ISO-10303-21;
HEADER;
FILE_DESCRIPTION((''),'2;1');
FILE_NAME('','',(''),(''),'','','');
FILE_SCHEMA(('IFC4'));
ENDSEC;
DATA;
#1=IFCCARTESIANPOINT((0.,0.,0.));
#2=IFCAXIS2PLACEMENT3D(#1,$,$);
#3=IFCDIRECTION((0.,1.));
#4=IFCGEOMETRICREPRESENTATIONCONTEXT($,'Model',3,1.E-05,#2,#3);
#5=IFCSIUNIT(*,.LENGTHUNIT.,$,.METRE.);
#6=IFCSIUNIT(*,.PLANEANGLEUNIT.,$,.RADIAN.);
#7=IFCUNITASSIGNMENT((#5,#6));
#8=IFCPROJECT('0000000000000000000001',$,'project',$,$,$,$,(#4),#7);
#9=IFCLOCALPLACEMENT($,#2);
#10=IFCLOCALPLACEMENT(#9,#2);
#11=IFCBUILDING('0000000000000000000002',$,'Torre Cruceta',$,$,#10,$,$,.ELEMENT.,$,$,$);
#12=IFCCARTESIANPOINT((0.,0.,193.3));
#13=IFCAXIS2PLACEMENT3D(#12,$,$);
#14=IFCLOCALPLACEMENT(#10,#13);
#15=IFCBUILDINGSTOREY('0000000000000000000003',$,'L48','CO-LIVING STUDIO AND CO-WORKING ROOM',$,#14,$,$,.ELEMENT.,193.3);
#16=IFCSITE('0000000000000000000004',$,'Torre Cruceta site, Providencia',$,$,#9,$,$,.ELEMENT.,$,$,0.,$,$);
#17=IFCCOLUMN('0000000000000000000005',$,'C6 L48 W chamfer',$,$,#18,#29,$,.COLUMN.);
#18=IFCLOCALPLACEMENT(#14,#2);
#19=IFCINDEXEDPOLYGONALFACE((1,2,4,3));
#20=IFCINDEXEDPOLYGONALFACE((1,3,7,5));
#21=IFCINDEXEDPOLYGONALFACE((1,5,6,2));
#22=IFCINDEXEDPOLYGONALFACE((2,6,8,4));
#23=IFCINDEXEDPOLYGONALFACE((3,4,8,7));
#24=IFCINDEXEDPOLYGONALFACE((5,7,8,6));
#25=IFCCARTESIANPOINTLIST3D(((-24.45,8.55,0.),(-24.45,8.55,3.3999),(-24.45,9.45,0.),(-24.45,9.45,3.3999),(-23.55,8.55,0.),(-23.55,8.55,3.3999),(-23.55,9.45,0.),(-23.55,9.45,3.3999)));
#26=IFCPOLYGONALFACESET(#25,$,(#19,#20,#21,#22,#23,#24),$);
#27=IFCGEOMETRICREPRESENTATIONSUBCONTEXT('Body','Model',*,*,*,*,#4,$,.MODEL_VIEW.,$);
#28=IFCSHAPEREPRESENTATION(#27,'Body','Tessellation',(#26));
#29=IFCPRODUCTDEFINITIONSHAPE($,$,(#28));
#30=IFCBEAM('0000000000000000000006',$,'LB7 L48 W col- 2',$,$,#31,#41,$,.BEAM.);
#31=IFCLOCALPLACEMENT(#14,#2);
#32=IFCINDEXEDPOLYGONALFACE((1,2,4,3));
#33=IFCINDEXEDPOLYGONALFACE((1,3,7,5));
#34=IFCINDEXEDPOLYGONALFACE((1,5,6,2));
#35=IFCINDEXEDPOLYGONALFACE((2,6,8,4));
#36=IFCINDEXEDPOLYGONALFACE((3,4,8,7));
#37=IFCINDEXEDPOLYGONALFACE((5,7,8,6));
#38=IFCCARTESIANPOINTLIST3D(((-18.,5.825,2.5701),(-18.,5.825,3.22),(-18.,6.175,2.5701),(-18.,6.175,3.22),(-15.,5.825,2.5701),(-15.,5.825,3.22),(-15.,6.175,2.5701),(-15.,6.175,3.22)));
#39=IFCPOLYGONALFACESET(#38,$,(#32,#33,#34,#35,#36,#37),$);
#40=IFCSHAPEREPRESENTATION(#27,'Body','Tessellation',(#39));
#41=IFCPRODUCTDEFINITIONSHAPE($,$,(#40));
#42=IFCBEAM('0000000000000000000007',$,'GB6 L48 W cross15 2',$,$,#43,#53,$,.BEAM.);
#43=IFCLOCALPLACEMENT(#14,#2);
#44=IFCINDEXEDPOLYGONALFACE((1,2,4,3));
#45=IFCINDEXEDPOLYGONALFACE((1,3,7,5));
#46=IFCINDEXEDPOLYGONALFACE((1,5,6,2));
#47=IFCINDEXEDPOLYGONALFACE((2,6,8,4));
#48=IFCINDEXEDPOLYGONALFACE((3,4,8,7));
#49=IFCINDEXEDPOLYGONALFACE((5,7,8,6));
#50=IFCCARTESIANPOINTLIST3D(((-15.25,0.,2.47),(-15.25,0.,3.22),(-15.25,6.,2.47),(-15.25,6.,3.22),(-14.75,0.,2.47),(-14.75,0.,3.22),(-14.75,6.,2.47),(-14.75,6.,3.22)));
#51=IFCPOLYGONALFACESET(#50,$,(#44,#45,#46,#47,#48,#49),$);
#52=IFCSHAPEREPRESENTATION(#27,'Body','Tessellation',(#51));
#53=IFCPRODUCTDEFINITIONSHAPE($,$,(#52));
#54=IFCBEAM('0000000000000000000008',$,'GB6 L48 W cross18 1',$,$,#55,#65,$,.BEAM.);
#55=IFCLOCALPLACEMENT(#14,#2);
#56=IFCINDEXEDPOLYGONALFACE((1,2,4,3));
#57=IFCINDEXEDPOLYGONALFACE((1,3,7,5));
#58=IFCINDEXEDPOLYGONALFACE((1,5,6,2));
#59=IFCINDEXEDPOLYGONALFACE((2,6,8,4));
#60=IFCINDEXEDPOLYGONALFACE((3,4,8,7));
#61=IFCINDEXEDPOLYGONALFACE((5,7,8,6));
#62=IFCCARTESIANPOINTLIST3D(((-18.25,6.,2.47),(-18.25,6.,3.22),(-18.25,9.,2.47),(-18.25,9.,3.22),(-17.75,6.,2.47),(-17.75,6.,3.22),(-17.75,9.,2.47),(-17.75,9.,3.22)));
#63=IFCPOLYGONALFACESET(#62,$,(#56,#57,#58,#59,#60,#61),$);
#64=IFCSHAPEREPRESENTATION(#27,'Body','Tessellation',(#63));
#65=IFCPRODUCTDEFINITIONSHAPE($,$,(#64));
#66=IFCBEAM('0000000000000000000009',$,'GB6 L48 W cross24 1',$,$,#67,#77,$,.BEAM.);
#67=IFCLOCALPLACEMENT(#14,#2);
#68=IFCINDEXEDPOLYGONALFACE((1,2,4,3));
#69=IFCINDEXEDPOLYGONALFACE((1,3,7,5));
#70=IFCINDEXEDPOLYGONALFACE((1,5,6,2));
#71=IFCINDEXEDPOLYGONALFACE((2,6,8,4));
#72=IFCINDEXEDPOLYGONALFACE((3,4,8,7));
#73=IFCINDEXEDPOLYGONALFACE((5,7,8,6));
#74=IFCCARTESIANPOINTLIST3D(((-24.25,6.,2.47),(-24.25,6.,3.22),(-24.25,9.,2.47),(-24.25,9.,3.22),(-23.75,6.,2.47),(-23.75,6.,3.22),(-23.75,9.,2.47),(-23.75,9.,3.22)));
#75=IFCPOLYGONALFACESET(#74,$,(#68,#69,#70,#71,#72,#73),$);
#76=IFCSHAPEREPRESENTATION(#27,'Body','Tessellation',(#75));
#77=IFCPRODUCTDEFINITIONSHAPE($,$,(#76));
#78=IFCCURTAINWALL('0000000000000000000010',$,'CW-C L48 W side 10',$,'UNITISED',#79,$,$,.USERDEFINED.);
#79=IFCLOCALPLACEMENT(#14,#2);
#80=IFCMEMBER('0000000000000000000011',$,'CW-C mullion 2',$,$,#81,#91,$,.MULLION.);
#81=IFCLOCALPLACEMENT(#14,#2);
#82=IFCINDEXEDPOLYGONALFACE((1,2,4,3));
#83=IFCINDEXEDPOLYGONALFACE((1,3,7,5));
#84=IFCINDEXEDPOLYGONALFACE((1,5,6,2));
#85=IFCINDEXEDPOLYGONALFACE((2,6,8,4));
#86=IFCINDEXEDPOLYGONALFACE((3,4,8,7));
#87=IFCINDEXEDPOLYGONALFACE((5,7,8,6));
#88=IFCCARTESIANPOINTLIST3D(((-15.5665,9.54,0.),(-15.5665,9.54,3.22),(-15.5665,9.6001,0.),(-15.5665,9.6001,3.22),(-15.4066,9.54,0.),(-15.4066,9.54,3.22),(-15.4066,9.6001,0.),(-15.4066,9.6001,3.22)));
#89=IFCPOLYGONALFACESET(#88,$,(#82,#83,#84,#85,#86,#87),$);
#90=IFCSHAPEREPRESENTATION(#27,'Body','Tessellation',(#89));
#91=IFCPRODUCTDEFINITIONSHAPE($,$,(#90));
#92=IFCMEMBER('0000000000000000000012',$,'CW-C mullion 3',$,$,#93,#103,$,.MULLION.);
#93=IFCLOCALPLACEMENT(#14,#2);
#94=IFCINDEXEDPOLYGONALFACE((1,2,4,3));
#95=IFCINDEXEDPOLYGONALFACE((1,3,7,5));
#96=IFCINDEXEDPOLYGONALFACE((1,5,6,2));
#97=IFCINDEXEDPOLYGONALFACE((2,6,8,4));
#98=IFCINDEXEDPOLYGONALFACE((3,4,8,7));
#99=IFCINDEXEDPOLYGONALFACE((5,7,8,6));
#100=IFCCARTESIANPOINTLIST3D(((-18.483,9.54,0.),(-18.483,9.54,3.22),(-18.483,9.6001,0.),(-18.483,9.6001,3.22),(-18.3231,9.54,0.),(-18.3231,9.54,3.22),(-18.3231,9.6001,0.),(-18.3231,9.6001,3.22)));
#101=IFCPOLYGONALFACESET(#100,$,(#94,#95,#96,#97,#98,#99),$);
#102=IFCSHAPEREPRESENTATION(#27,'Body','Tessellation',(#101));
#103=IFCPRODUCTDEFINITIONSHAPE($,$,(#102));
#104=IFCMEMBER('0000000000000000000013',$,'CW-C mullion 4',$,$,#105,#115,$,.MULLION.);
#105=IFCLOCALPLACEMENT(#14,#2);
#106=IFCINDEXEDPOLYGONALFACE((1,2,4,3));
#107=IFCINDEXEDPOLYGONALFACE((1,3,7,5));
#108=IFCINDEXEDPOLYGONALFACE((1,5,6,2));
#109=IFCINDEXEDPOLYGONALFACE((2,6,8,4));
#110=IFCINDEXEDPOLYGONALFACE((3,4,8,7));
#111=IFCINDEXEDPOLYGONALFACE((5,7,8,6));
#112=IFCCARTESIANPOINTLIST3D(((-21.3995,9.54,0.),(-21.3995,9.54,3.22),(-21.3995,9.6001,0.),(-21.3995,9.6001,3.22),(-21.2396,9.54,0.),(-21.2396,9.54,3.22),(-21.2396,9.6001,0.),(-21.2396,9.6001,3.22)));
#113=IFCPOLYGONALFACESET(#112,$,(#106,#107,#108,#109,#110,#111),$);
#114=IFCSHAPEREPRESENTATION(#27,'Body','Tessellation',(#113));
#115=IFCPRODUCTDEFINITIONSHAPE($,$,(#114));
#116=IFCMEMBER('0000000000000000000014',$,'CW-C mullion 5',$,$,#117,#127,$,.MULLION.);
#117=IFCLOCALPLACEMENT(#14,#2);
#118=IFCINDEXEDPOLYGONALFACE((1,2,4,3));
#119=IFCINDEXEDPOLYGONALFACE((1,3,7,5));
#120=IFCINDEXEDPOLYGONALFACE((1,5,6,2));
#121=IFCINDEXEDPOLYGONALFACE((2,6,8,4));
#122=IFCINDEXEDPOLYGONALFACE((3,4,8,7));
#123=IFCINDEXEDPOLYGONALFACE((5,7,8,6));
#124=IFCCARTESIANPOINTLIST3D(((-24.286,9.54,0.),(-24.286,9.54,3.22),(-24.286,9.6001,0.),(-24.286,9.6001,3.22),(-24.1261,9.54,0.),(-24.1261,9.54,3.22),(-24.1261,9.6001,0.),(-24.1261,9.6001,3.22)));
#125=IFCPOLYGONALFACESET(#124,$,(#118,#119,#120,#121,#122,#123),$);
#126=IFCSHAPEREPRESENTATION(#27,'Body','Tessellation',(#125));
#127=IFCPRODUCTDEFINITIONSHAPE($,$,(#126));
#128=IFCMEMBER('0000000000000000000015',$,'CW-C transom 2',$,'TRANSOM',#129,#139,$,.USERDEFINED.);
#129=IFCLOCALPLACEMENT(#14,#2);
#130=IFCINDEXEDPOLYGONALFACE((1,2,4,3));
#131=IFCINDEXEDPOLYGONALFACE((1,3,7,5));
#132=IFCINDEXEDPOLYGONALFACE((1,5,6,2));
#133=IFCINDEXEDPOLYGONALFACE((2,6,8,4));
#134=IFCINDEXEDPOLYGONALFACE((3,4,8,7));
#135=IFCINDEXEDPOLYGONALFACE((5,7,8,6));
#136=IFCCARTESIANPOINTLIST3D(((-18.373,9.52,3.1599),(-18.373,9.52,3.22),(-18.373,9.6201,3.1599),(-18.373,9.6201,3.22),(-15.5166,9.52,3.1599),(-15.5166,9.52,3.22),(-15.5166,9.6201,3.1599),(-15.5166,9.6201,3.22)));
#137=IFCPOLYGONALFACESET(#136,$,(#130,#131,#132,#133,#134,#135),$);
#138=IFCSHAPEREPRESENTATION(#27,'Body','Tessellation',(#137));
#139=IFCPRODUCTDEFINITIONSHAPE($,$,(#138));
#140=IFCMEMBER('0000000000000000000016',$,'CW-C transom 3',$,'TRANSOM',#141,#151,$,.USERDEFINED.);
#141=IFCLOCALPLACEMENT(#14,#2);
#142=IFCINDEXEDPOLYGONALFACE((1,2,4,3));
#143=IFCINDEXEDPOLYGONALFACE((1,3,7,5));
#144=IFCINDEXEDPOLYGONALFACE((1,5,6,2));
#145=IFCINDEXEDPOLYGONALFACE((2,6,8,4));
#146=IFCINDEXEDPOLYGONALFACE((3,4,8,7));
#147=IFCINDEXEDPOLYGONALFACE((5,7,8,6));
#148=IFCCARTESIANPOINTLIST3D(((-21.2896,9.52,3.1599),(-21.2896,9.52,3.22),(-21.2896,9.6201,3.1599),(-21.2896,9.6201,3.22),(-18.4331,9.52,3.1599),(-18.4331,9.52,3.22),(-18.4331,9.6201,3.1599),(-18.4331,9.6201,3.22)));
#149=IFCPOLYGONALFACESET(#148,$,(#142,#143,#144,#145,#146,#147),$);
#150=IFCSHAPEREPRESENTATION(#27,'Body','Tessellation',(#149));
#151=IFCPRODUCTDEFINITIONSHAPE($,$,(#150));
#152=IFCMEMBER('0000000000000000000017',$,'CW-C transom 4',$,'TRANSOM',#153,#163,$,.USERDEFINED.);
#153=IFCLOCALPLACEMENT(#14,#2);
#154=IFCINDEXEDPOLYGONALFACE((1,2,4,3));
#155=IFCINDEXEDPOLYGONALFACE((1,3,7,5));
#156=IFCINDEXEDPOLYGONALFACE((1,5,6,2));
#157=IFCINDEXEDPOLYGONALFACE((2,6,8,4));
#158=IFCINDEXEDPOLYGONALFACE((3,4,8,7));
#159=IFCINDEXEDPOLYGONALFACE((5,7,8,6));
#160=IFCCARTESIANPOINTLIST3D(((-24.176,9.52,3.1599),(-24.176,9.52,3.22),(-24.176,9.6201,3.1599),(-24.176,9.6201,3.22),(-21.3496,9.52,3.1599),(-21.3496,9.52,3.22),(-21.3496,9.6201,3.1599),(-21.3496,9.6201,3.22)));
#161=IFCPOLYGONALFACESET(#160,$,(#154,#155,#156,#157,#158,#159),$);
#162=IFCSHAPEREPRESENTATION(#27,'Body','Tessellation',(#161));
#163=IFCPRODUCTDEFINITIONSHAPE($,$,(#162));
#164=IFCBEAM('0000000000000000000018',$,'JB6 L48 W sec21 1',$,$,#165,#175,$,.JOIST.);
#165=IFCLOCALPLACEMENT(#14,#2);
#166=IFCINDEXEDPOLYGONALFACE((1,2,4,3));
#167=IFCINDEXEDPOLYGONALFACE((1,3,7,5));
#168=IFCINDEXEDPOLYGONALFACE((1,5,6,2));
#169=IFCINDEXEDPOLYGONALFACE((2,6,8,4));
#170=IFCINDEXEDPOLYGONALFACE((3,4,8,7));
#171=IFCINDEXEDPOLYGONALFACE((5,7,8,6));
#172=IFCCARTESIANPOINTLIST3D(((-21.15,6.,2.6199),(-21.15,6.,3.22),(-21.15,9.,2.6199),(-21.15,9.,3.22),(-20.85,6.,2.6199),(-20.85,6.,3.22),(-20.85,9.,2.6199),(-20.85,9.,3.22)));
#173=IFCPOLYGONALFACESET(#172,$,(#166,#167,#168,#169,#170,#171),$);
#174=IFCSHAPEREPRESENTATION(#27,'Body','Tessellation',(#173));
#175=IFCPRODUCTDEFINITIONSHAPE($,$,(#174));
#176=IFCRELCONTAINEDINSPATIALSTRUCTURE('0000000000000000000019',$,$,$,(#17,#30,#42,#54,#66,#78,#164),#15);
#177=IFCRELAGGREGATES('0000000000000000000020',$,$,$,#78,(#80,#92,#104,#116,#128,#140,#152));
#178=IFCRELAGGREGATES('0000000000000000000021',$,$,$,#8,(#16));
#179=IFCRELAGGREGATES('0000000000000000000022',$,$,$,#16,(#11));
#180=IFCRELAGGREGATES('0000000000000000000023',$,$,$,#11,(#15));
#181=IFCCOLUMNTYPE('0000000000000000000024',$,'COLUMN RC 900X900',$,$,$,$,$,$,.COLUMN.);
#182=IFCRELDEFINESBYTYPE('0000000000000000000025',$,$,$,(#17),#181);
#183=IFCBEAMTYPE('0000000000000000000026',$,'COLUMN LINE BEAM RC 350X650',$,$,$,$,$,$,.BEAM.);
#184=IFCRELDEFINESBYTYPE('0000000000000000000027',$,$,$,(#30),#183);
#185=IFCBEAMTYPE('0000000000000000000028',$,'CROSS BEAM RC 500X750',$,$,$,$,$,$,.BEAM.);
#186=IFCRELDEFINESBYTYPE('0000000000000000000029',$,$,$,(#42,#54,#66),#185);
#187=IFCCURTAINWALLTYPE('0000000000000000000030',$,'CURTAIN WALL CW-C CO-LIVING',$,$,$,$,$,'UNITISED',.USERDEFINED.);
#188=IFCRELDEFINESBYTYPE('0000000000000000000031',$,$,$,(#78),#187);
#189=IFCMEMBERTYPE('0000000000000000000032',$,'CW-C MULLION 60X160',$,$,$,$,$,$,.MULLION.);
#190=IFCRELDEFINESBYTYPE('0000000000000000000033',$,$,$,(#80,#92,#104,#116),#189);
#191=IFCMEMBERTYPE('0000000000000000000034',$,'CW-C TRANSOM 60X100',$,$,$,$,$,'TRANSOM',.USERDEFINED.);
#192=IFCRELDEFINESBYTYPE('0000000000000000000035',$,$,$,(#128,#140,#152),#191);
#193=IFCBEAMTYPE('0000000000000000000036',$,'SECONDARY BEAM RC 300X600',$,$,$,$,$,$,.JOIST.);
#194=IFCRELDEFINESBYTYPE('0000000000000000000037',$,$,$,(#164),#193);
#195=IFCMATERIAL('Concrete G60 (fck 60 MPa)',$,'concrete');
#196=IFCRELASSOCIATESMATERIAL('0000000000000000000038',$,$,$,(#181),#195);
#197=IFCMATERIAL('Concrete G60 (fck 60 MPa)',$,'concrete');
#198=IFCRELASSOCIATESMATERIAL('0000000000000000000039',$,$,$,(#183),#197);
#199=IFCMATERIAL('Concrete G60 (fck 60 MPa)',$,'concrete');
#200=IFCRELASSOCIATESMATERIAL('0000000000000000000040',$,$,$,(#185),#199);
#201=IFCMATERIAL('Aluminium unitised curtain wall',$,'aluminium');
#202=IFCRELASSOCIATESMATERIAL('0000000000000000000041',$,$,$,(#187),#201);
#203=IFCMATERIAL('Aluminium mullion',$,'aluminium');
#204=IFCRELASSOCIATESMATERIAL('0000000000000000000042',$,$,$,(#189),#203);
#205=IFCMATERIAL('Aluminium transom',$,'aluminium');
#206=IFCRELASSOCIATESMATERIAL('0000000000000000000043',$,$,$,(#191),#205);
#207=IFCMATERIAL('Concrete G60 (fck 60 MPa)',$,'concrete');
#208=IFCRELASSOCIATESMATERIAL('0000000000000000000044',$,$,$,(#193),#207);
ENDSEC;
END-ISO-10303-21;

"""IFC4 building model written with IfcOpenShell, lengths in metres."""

from ifc_helpers import new_model, si_unit, direction, frame, origin, origin_2d, place, context, subcontext, project, spatial, rectangle, extrude, material, material_profile, profile_set, type_object, element, aggregate, save


model = new_model("IFC4")

# Units and contexts
model_context = context("Model", 3, precision=1e-05, world=origin(), true_north=direction((0.0, 1.0)))
body_context = subcontext(model_context, "Body", "Model", "MODEL_VIEW")
ifc_project = project(units=[si_unit("LENGTHUNIT", "METRE"), si_unit("PLANEANGLEUNIT", "RADIAN")], contexts=[model_context])

# Site, building, storey
site_placement = place(None, origin())
site = spatial("IfcSite", under=ifc_project, at=site_placement, Name="Torre Cruceta site, Providencia", CompositionType="ELEMENT", RefElevation=0.0)
building_placement = place(site_placement, origin())
building = spatial("IfcBuilding", under=site, at=building_placement, Name="Torre Cruceta", CompositionType="ELEMENT")
storey_placement = place(building_placement, frame((0.0, 0.0, 193.3)))
storey = spatial("IfcBuildingStorey", under=building, at=storey_placement, Name="L48", Description="CO-LIVING STUDIO AND CO-WORKING ROOM", CompositionType="ELEMENT", Elevation=193.3)

# Column
ifc_material_1 = material(Name="Concrete G60 (fck 60 MPa)", Category="concrete")
ifc_material_profile_1 = material_profile(ifc_material_1, rectangle(XDim=0.8999, YDim=0.8999, at=origin_2d()), Name="RC 900X900")
ifc_profile_set_1 = profile_set([ifc_material_profile_1], Name="Concrete G60 (fck 60 MPa)")
column_type = type_object("IfcColumnType", Name="COLUMN RC 900X900", PredefinedType="COLUMN", material=ifc_profile_set_1)
column_placement = place(storey_placement, frame((-24.0, 9.0, 0.0), z_axis=(0.0, 0.0, 1.0), x_axis=(1.0, 0.0, 0.0)))
element("IfcColumn", 1, at=column_placement, inside=storey, type_object=column_type, Name="C6 L48 W chamfer", PredefinedType="COLUMN", context=body_context, shape_type="SweptSolid", body=[
    extrude(rectangle(XDim=0.8999, YDim=0.8999, at=origin_2d()), origin(), (0.0, 0.0, 1.0), 3.3999),
])

# Beams
ifc_material_2 = material(Name="Concrete G60 (fck 60 MPa)", Category="concrete")
ifc_material_profile_2 = material_profile(ifc_material_2, rectangle(XDim=0.3501, YDim=0.6499, at=origin_2d()), Name="RC 350X650")
ifc_profile_set_2 = profile_set([ifc_material_profile_2], Name="Concrete G60 (fck 60 MPa)")
beam_type_1 = type_object("IfcBeamType", Name="COLUMN LINE BEAM RC 350X650", PredefinedType="BEAM", material=ifc_profile_set_2)
beam_1_placement = place(storey_placement, frame((-15.0, 6.0, 2.895), z_axis=(-1.0, 0.0, 0.0), x_axis=(0.0, -1.0, 0.0)))
element("IfcBeam", 2, at=beam_1_placement, inside=storey, type_object=beam_type_1, Name="LB7 L48 W col- 2", PredefinedType="BEAM", context=body_context, shape_type="SweptSolid", body=[
    extrude(rectangle(XDim=0.3501, YDim=0.6499, at=origin_2d()), origin(), (0.0, 0.0, 1.0), 3.0),
])
ifc_material_3 = material(Name="Concrete G60 (fck 60 MPa)", Category="concrete")
ifc_material_profile_3 = material_profile(ifc_material_3, rectangle(XDim=0.5, YDim=0.75, at=origin_2d()), Name="RC 500X750")
ifc_profile_set_3 = profile_set([ifc_material_profile_3], Name="Concrete G60 (fck 60 MPa)")
beam_type_2 = type_object("IfcBeamType", Name="CROSS BEAM RC 500X750", PredefinedType="BEAM", material=ifc_profile_set_3)
beam_2_placement = place(storey_placement, frame((-15.0, 6.0, 2.845), z_axis=(0.0, -1.0, 0.0), x_axis=(1.0, 0.0, 0.0)))
element("IfcBeam", 3, at=beam_2_placement, inside=storey, type_object=beam_type_2, Name="GB6 L48 W cross15 2", PredefinedType="BEAM", context=body_context, shape_type="SweptSolid", body=[
    extrude(rectangle(XDim=0.5, YDim=0.75, at=origin_2d()), origin(), (0.0, 0.0, 1.0), 6.0),
])
for number, where, z_axis, x_axis, name in (
    (4, (-18.0, 9.0, 2.845), (0.0, -1.0, 0.0), (1.0, 0.0, 0.0), "GB6 L48 W cross18 1"),
    (5, (-24.0, 9.0, 2.845), (0.0, -1.0, 0.0), (1.0, 0.0, 0.0), "GB6 L48 W cross24 1"),
):
    element("IfcBeam", number, at=place(storey_placement, frame(where, z_axis=z_axis, x_axis=x_axis)), inside=storey, type_object=beam_type_2, Name=name, PredefinedType="BEAM", context=body_context, shape_type="SweptSolid", body=[
        extrude(rectangle(XDim=0.5, YDim=0.75, at=origin_2d()), origin(), (0.0, 0.0, 1.0), 3.0),
    ])

# Curtain wall, members
ifc_material_4 = material(Name="Aluminium unitised curtain wall", Category="aluminium")
curtain_wall_type = type_object("IfcCurtainWallType", Name="CURTAIN WALL CW-C CO-LIVING", ElementType="UNITISED", PredefinedType="USERDEFINED", material=ifc_material_4)
curtain_wall_placement = place(storey_placement, origin())
curtain_wall = element("IfcCurtainWall", 6, at=curtain_wall_placement, inside=storey, type_object=curtain_wall_type, Name="CW-C L48 W side 10", ObjectType="UNITISED", PredefinedType="USERDEFINED")
ifc_material_5 = material(Name="Aluminium mullion", Category="aluminium")
ifc_material_profile_4 = material_profile(ifc_material_5, rectangle(XDim=0.0601, YDim=0.1599, at=origin_2d()), Name="AL 60X160")
ifc_profile_set_4 = profile_set([ifc_material_profile_4], Name="Aluminium mullion")
member_type_1 = type_object("IfcMemberType", Name="CW-C MULLION 60X160", PredefinedType="MULLION", material=ifc_profile_set_4)
member_1_placement = place(storey_placement, frame((-15.4866, 9.5701, 0.0), z_axis=(0.0, 0.0, 1.0), x_axis=(0.0, -1.0, 0.0)))
member_1 = element("IfcMember", 7, at=member_1_placement, type_object=member_type_1, Name="CW-C mullion 2", PredefinedType="MULLION", context=body_context, shape_type="SweptSolid", body=[
    extrude(rectangle(XDim=0.0601, YDim=0.1599, at=origin_2d()), origin(), (0.0, 0.0, 1.0), 3.22),
])
member_2_placement = place(storey_placement, frame((-18.4031, 9.5701, 0.0), z_axis=(0.0, 0.0, 1.0), x_axis=(0.0, -1.0, 0.0)))
member_2 = element("IfcMember", 8, at=member_2_placement, type_object=member_type_1, Name="CW-C mullion 3", PredefinedType="MULLION", context=body_context, shape_type="SweptSolid", body=[
    extrude(rectangle(XDim=0.0601, YDim=0.1599, at=origin_2d()), origin(), (0.0, 0.0, 1.0), 3.22),
])
member_3_placement = place(storey_placement, frame((-21.3196, 9.5701, 0.0), z_axis=(0.0, 0.0, 1.0), x_axis=(0.0, -1.0, 0.0)))
member_3 = element("IfcMember", 9, at=member_3_placement, type_object=member_type_1, Name="CW-C mullion 4", PredefinedType="MULLION", context=body_context, shape_type="SweptSolid", body=[
    extrude(rectangle(XDim=0.0601, YDim=0.1599, at=origin_2d()), origin(), (0.0, 0.0, 1.0), 3.22),
])
member_4_placement = place(storey_placement, frame((-24.2061, 9.5701, 0.0), z_axis=(0.0, 0.0, 1.0), x_axis=(0.0, -1.0, 0.0)))
member_4 = element("IfcMember", 10, at=member_4_placement, type_object=member_type_1, Name="CW-C mullion 5", PredefinedType="MULLION", context=body_context, shape_type="SweptSolid", body=[
    extrude(rectangle(XDim=0.0601, YDim=0.1599, at=origin_2d()), origin(), (0.0, 0.0, 1.0), 3.22),
])
ifc_material_6 = material(Name="Aluminium transom", Category="aluminium")
ifc_material_profile_5 = material_profile(ifc_material_6, rectangle(XDim=0.1001, YDim=0.0601, at=origin_2d()), Name="AL 100X60")
ifc_profile_set_5 = profile_set([ifc_material_profile_5], Name="Aluminium transom")
member_type_2 = type_object("IfcMemberType", Name="CW-C TRANSOM 60X100", ElementType="TRANSOM", PredefinedType="USERDEFINED", material=ifc_profile_set_5)
member_5_placement = place(storey_placement, frame((-15.5166, 9.5701, 3.1899), z_axis=(-1.0, 0.0, 0.0), x_axis=(0.0, -1.0, 0.0)))
member_5 = element("IfcMember", 11, at=member_5_placement, type_object=member_type_2, Name="CW-C transom 2", ObjectType="TRANSOM", PredefinedType="USERDEFINED", context=body_context, shape_type="SweptSolid", body=[
    extrude(rectangle(XDim=0.1001, YDim=0.0601, at=origin_2d()), origin(), (0.0, 0.0, 1.0), 2.8564),
])
member_6_placement = place(storey_placement, frame((-18.4331, 9.5701, 3.1899), z_axis=(-1.0, 0.0, 0.0), x_axis=(0.0, -1.0, 0.0)))
member_6 = element("IfcMember", 12, at=member_6_placement, type_object=member_type_2, Name="CW-C transom 3", ObjectType="TRANSOM", PredefinedType="USERDEFINED", context=body_context, shape_type="SweptSolid", body=[
    extrude(rectangle(XDim=0.1001, YDim=0.0601, at=origin_2d()), origin(), (0.0, 0.0, 1.0), 2.8564),
])
member_7_placement = place(storey_placement, frame((-21.3496, 9.5701, 3.1899), z_axis=(-1.0, 0.0, 0.0), x_axis=(0.0, -1.0, 0.0)))
member_7 = element("IfcMember", 13, at=member_7_placement, type_object=member_type_2, Name="CW-C transom 4", ObjectType="TRANSOM", PredefinedType="USERDEFINED", context=body_context, shape_type="SweptSolid", body=[
    extrude(rectangle(XDim=0.1001, YDim=0.0601, at=origin_2d()), origin(), (0.0, 0.0, 1.0), 2.8264),
])

# Beam
ifc_material_7 = material(Name="Concrete G60 (fck 60 MPa)", Category="concrete")
ifc_material_profile_6 = material_profile(ifc_material_7, rectangle(XDim=0.3, YDim=0.6001, at=origin_2d()), Name="RC 300X600")
ifc_profile_set_6 = profile_set([ifc_material_profile_6], Name="Concrete G60 (fck 60 MPa)")
beam_type_3 = type_object("IfcBeamType", Name="SECONDARY BEAM RC 300X600", PredefinedType="JOIST", material=ifc_profile_set_6)
beam_3_placement = place(storey_placement, frame((-21.0, 9.0, 2.9199), z_axis=(0.0, -1.0, 0.0), x_axis=(1.0, 0.0, 0.0)))
element("IfcBeam", 14, at=beam_3_placement, inside=storey, type_object=beam_type_3, Name="JB6 L48 W sec21 1", PredefinedType="JOIST", context=body_context, shape_type="SweptSolid", body=[
    extrude(rectangle(XDim=0.3, YDim=0.6001, at=origin_2d()), origin(), (0.0, 0.0, 1.0), 3.0),
])

aggregate(curtain_wall, [member_1, member_2, member_3, member_4, member_5, member_6, member_7])

save(model, "model.ifc")
